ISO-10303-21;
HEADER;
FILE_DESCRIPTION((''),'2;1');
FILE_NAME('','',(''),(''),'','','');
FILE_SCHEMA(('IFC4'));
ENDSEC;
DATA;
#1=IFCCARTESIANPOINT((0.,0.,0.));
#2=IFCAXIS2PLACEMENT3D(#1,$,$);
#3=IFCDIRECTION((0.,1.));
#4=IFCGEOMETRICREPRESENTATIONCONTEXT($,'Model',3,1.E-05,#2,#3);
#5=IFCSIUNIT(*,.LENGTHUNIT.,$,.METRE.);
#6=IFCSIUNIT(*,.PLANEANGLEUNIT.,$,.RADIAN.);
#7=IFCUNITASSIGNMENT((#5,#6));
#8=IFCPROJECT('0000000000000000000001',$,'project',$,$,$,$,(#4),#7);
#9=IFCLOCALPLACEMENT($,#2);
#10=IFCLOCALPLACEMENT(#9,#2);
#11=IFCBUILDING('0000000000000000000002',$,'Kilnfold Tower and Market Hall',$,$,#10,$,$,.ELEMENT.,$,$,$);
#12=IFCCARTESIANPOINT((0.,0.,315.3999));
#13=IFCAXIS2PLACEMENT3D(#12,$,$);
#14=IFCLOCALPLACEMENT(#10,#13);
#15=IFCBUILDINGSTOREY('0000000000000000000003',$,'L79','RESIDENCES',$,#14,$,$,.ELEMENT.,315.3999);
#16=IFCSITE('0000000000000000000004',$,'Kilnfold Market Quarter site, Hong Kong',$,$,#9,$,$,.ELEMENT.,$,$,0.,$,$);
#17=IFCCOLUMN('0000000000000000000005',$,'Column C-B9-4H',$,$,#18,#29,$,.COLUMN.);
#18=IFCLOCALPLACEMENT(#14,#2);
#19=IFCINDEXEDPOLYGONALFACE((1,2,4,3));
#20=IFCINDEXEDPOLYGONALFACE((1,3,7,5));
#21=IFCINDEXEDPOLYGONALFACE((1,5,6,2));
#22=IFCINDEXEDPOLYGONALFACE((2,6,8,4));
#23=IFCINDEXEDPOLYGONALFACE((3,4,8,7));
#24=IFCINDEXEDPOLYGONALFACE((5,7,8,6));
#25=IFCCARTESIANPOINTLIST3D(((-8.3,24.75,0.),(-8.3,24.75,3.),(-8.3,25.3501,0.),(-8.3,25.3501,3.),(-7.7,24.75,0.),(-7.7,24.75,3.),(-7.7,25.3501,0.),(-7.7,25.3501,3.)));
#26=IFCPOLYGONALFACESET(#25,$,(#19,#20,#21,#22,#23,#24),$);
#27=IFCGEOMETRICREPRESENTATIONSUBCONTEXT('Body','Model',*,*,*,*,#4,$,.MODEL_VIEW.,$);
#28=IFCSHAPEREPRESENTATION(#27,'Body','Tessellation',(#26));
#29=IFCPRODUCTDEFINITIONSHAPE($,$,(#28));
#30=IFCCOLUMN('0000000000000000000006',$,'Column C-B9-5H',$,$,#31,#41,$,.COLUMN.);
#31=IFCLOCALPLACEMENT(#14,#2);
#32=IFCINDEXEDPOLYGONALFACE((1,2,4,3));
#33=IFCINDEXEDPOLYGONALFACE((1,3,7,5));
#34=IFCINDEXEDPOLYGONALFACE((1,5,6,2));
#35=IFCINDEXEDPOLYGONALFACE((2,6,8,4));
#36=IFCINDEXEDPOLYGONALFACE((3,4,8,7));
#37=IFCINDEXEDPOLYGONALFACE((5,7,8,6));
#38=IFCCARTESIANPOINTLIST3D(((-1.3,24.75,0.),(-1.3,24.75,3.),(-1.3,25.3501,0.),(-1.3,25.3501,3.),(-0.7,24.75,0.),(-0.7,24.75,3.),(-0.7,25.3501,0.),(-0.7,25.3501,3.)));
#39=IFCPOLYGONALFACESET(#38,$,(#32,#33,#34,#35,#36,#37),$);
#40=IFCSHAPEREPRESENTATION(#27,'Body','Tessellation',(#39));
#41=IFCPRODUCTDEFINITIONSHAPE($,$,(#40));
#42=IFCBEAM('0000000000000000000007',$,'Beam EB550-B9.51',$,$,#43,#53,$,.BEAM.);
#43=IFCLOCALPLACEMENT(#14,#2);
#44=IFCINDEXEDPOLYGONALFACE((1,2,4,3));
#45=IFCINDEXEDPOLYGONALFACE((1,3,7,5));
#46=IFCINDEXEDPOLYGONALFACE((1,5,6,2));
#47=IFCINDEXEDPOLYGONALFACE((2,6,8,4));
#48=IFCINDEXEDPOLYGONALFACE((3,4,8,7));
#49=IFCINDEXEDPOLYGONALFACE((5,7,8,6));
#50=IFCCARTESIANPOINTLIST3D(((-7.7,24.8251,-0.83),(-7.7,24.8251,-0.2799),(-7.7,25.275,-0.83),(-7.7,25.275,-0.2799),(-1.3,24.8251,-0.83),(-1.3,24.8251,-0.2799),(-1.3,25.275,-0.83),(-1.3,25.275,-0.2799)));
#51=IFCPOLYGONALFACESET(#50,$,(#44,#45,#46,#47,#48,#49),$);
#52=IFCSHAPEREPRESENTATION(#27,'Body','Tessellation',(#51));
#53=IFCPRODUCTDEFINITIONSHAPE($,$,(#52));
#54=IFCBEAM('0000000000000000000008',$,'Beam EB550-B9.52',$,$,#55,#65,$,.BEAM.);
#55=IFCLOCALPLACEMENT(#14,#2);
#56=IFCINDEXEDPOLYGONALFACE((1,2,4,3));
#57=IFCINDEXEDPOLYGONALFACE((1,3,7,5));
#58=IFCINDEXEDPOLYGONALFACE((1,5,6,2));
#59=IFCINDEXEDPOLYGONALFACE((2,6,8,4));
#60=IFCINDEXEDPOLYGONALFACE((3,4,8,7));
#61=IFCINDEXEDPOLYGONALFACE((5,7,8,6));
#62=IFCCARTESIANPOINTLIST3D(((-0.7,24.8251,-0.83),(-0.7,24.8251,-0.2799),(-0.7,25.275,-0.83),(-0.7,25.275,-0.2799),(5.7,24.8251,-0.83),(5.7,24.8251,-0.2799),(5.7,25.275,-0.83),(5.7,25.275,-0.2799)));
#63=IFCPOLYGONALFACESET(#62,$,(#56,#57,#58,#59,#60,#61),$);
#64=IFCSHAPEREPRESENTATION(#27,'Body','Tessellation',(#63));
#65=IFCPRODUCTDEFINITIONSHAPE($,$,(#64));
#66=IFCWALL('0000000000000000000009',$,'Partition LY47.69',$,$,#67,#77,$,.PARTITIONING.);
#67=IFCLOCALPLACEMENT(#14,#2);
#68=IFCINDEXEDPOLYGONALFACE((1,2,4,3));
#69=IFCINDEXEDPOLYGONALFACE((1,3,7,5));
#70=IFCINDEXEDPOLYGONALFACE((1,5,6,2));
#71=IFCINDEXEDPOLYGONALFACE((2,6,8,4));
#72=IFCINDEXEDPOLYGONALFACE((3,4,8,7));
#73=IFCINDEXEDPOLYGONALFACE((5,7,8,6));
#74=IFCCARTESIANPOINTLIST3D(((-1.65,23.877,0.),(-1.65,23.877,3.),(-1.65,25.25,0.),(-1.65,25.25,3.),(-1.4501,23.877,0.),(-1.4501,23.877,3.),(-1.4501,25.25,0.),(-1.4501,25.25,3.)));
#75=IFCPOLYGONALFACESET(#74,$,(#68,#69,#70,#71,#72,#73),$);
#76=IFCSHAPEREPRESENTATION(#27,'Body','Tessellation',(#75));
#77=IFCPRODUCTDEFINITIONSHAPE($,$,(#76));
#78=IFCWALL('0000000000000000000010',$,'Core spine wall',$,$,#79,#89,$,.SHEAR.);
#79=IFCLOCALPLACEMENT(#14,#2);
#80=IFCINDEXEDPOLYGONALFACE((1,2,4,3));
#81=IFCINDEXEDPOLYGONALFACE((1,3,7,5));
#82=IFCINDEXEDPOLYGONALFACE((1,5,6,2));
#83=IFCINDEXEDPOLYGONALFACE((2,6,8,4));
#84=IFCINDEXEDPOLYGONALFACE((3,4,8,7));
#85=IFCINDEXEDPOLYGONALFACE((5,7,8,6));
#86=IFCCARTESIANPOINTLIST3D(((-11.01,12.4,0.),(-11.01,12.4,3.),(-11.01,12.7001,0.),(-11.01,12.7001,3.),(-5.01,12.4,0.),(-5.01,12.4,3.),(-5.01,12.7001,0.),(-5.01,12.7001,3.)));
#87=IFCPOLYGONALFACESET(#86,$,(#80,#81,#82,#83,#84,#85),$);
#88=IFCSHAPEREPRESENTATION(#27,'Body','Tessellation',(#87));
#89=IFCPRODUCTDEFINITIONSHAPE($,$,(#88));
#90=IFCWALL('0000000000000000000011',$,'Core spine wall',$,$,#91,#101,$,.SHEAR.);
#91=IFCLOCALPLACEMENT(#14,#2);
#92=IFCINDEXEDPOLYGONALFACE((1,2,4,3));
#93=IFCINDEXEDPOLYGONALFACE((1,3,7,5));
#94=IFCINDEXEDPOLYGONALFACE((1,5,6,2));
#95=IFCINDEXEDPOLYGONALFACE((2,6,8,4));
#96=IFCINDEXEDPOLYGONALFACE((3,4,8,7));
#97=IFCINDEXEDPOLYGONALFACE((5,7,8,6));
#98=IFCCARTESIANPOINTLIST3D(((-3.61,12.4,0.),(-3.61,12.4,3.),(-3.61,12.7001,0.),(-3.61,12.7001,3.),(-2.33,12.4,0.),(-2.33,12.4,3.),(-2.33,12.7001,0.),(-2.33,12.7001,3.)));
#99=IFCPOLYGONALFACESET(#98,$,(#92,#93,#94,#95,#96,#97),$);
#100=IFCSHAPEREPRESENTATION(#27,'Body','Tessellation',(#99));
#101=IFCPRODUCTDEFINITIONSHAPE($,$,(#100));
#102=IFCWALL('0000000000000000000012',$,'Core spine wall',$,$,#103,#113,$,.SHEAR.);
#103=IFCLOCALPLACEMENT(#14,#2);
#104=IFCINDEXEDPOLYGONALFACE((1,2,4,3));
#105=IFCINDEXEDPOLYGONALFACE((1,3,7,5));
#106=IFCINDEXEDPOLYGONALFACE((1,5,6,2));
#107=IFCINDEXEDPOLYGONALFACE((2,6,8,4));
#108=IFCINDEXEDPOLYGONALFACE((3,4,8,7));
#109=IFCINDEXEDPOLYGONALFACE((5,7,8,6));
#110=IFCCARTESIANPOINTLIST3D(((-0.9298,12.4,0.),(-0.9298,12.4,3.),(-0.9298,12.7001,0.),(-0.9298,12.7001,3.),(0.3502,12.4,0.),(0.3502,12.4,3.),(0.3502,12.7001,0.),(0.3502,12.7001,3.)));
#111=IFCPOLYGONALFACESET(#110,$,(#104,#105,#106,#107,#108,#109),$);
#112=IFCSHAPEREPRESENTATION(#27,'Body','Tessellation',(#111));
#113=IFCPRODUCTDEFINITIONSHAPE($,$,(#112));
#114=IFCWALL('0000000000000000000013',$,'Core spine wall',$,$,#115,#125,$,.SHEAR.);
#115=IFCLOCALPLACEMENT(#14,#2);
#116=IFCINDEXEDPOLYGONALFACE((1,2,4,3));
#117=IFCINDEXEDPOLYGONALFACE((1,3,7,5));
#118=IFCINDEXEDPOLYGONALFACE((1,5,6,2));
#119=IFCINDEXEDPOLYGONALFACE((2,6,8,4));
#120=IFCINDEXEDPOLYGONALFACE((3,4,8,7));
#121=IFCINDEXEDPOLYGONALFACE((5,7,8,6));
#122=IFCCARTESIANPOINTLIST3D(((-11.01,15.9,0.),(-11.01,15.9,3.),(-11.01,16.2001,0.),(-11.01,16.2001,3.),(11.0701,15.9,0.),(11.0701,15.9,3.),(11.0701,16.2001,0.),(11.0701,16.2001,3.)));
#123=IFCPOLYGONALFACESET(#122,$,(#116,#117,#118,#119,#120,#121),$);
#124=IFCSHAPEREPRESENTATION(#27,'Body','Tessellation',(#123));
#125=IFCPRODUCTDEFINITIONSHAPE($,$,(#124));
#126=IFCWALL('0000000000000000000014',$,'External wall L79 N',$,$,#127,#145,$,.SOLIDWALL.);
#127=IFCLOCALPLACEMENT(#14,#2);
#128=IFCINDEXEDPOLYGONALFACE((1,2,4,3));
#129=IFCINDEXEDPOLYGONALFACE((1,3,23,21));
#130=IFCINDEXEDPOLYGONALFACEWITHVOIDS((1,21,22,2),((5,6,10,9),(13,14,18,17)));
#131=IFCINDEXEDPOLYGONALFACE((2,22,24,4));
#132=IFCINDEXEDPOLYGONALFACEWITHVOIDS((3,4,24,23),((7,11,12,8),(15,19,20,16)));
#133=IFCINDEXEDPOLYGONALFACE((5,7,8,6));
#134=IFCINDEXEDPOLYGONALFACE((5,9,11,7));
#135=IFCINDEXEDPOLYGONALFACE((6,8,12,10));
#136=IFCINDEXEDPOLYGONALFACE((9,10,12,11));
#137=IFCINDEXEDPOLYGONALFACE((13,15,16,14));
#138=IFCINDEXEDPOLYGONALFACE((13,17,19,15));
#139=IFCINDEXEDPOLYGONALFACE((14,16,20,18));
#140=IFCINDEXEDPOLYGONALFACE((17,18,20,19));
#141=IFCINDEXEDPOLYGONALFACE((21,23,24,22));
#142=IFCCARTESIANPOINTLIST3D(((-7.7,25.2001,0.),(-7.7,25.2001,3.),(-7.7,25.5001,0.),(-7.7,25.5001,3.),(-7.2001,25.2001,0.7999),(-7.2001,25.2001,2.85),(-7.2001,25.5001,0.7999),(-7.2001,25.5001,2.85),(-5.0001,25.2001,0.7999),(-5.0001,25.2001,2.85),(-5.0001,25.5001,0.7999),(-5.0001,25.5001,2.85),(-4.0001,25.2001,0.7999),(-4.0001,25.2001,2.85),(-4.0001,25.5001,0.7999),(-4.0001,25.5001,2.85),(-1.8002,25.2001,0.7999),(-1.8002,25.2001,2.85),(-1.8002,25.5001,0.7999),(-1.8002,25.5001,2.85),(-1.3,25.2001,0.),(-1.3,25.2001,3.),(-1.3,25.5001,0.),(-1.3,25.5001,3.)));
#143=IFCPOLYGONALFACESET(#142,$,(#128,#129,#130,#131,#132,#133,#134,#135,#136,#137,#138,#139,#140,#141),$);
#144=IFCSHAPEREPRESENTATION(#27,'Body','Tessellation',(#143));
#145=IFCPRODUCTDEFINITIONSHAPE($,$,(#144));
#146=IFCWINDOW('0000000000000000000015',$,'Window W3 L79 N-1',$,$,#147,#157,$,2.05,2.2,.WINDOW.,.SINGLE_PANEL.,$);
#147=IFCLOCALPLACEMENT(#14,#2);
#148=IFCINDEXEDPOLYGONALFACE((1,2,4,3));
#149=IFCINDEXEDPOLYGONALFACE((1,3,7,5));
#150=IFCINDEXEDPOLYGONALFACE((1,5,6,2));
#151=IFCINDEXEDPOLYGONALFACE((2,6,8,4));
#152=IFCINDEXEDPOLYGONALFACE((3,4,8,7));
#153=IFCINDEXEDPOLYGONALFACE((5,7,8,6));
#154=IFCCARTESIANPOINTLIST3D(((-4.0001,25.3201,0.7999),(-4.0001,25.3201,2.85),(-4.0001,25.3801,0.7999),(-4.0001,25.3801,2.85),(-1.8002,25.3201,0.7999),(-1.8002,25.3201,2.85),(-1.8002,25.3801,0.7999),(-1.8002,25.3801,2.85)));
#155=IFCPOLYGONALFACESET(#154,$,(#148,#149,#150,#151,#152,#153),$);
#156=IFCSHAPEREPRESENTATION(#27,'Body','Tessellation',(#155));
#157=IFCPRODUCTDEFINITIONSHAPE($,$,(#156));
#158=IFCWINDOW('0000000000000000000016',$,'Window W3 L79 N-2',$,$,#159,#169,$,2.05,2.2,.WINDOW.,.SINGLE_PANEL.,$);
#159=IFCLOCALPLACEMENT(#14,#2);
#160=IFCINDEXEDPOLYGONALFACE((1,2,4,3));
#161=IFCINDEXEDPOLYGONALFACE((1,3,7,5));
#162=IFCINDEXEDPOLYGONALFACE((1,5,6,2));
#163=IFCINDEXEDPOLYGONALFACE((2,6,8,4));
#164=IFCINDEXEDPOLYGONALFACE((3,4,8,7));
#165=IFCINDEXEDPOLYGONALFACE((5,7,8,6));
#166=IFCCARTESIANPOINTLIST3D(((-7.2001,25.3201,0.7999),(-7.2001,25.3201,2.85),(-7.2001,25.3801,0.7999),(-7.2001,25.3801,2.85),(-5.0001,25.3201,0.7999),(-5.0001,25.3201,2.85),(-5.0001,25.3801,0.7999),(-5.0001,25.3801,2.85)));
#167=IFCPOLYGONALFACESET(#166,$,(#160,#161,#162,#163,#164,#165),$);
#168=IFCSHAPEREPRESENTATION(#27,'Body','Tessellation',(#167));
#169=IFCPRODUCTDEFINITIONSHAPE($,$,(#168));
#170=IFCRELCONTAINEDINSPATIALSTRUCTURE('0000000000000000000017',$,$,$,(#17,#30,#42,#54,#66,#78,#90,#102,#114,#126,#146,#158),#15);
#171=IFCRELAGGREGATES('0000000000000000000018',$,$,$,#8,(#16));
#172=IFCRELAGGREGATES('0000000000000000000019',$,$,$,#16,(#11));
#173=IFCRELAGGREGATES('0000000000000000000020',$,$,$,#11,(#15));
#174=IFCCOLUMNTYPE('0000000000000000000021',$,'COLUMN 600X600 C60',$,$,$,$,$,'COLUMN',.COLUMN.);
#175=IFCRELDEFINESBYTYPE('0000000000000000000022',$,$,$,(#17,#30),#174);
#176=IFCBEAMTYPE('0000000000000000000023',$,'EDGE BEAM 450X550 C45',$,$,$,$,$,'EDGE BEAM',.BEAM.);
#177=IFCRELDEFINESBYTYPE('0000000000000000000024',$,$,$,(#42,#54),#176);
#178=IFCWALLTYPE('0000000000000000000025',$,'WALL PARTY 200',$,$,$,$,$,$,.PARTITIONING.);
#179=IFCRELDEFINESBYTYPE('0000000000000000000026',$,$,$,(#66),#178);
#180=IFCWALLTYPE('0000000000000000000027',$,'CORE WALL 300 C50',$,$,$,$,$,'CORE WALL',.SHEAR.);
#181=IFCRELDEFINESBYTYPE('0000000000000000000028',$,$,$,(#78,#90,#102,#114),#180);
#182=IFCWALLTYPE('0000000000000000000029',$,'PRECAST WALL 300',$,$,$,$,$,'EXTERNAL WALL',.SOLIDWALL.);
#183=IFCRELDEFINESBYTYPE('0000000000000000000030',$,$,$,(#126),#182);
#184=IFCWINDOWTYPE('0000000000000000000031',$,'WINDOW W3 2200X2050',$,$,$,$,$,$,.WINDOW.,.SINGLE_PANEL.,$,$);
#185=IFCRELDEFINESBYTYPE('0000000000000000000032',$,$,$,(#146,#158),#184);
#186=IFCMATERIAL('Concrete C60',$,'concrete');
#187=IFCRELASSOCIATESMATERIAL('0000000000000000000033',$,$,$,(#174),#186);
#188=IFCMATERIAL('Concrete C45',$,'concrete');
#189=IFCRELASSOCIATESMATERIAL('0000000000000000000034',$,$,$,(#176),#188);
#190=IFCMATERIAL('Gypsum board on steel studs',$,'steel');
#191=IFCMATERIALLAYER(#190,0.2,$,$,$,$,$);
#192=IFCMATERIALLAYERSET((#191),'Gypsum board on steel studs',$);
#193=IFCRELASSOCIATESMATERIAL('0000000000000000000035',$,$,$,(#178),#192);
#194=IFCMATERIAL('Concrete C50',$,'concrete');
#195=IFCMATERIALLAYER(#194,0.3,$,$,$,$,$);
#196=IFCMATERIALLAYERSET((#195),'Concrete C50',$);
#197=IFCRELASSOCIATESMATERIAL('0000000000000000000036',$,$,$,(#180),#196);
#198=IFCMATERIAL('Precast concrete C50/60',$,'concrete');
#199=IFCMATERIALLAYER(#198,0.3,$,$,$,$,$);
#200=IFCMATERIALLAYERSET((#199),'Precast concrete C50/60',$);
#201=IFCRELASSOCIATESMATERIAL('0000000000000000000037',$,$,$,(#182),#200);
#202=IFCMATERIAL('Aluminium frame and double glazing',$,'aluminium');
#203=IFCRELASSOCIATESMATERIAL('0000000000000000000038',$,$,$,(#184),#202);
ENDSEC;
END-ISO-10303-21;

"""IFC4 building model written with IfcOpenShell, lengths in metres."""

from ifc_helpers import new_model, si_unit, direction, frame, frame_2d, origin, origin_2d, place, context, subcontext, project, spatial, rectangle, extrude, source, transform, mapped, material, layer, layer_set, material_profile, profile_set, type_object, element, fill, save


model = new_model("IFC4")

# Units and contexts
model_context = context("Model", 3, precision=1e-05, world=origin(), true_north=direction((0.0, 1.0)))
body_context = subcontext(model_context, "Body", "Model", "MODEL_VIEW")
ifc_project = project(units=[si_unit("LENGTHUNIT", "METRE"), si_unit("PLANEANGLEUNIT", "RADIAN")], contexts=[model_context])

# Site, building, storey
site_placement = place(None, origin())
site = spatial("IfcSite", under=ifc_project, at=site_placement, Name="Kilnfold Market Quarter site, Hong Kong", CompositionType="ELEMENT", RefElevation=0.0)
building_placement = place(site_placement, origin())
building = spatial("IfcBuilding", under=site, at=building_placement, Name="Kilnfold Tower and Market Hall", CompositionType="ELEMENT")
storey_placement = place(building_placement, frame((0.0, 0.0, 315.3999)))
storey = spatial("IfcBuildingStorey", under=building, at=storey_placement, Name="L79", Description="RESIDENCES", CompositionType="ELEMENT", Elevation=315.3999)

# Columns
ifc_material_1 = material(Name="Concrete C60", Category="concrete")
ifc_material_profile_1 = material_profile(ifc_material_1, rectangle(XDim=0.6001, YDim=0.6001, at=origin_2d()), Name="RC 600x600")
ifc_profile_set_1 = profile_set([ifc_material_profile_1], Name="Concrete C60")
column_type = type_object("IfcColumnType", Name="COLUMN 600X600 C60", ElementType="COLUMN", PredefinedType="COLUMN", material=ifc_profile_set_1)
shared_shape_1 = source(origin(), body_context, "Body", "SweptSolid", [
    extrude(rectangle(XDim=0.6001, YDim=0.6001, at=origin_2d()), origin(), (0.0, 0.0, 1.0), 3.0),
])
for number, where, z_axis, x_axis, name in (
    (1, (-8.0, 25.05, 0.0), (0.0, 0.0, 1.0), (1.0, 0.0, 0.0), "Column C-B9-4H"),
    (2, (-1.0, 25.05, 0.0), (0.0, 0.0, 1.0), (1.0, 0.0, 0.0), "Column C-B9-5H"),
):
    element("IfcColumn", number, at=place(storey_placement, frame(where, z_axis=z_axis, x_axis=x_axis)), inside=storey, type_object=column_type, Name=name, PredefinedType="COLUMN", context=body_context, shape_type="MappedRepresentation", body=[
        mapped(shared_shape_1, transform((0.0, 0.0, 0.0))),
    ])

# Beams
ifc_material_2 = material(Name="Concrete C45", Category="concrete")
ifc_material_profile_2 = material_profile(ifc_material_2, rectangle(XDim=0.45, YDim=0.55, at=origin_2d()), Name="RC 450x550")
ifc_profile_set_2 = profile_set([ifc_material_profile_2], Name="Concrete C45")
beam_type = type_object("IfcBeamType", Name="EDGE BEAM 450X550 C45", ElementType="EDGE BEAM", PredefinedType="BEAM", material=ifc_profile_set_2)
shared_shape_2 = source(origin(), body_context, "Body", "SweptSolid", [
    extrude(rectangle(XDim=0.45, YDim=0.55, at=origin_2d()), origin(), (0.0, 0.0, 1.0), 6.3999),
])
for number, where, z_axis, x_axis, name in (
    (3, (-7.7, 25.05, -0.5549), (1.0, 0.0, 0.0), (0.0, 1.0, 0.0), "Beam EB550-B9.51"),
    (4, (-0.7, 25.05, -0.5549), (1.0, 0.0, 0.0), (0.0, 1.0, 0.0), "Beam EB550-B9.52"),
):
    element("IfcBeam", number, at=place(storey_placement, frame(where, z_axis=z_axis, x_axis=x_axis)), inside=storey, type_object=beam_type, Name=name, PredefinedType="BEAM", context=body_context, shape_type="MappedRepresentation", body=[
        mapped(shared_shape_2, transform((0.0, 0.0, 0.0))),
    ])

# Walls
ifc_material_3 = material(Name="Gypsum board on steel studs", Category="steel")
ifc_layer_1 = layer(ifc_material_3, 0.2)
ifc_layer_set_1 = layer_set([ifc_layer_1], Name="Gypsum board on steel studs")
wall_type_1 = type_object("IfcWallType", Name="WALL PARTY 200", PredefinedType="PARTITIONING", material=ifc_layer_set_1)
wall_1_placement = place(storey_placement, frame((-1.55, 23.877, 0.0), z_axis=(0.0, 0.0, 1.0), x_axis=(0.0, 1.0, 0.0)))
element("IfcWall", 5, at=wall_1_placement, inside=storey, type_object=wall_type_1, Name="Partition LY47.69", PredefinedType="PARTITIONING", context=body_context, shape_type="SweptSolid", body=[
    extrude(rectangle(XDim=1.373, YDim=0.2, at=frame_2d((0.6865, 0.0))), origin(), (0.0, 0.0, 1.0), 3.0),
])
ifc_material_4 = material(Name="Concrete C50", Category="concrete")
ifc_layer_2 = layer(ifc_material_4, 0.3)
ifc_layer_set_2 = layer_set([ifc_layer_2], Name="Concrete C50")
wall_type_2 = type_object("IfcWallType", Name="CORE WALL 300 C50", ElementType="CORE WALL", PredefinedType="SHEAR", material=ifc_layer_set_2)
shared_shape_3 = source(origin(), body_context, "Body", "SweptSolid", [
    extrude(rectangle(XDim=6.0, YDim=0.3, at=frame_2d((3.0, 0.0))), origin(), (0.0, 0.0, 1.0), 3.0),
])
wall_2_placement = place(storey_placement, frame((-11.01, 12.55, 0.0), z_axis=(0.0, 0.0, 1.0), x_axis=(1.0, 0.0, 0.0)))
element("IfcWall", 6, at=wall_2_placement, inside=storey, type_object=wall_type_2, Name="Core spine wall", PredefinedType="SHEAR", context=body_context, shape_type="MappedRepresentation", body=[
    mapped(shared_shape_3, transform((0.0, 0.0, 0.0))),
])
shared_shape_4 = source(origin(), body_context, "Body", "SweptSolid", [
    extrude(rectangle(XDim=1.28, YDim=0.3, at=frame_2d((0.6401, 0.0))), origin(), (0.0, 0.0, 1.0), 3.0),
])
for number, where, z_axis, x_axis, name in (
    (7, (-3.6101, 12.55, 0.0), (0.0, 0.0, 1.0), (1.0, 0.0, 0.0), "Core spine wall"),
    (8, (-0.9299, 12.55, 0.0), (0.0, 0.0, 1.0), (1.0, 0.0, 0.0), "Core spine wall"),
):
    element("IfcWall", number, at=place(storey_placement, frame(where, z_axis=z_axis, x_axis=x_axis)), inside=storey, type_object=wall_type_2, Name=name, PredefinedType="SHEAR", context=body_context, shape_type="MappedRepresentation", body=[
        mapped(shared_shape_4, transform((0.0, 0.0, 0.0))),
    ])
shared_shape_5 = source(origin(), body_context, "Body", "SweptSolid", [
    extrude(rectangle(XDim=22.0801, YDim=0.3, at=frame_2d((11.04, 0.0))), origin(), (0.0, 0.0, 1.0), 3.0),
])
wall_3_placement = place(storey_placement, frame((-11.01, 16.05, 0.0), z_axis=(0.0, 0.0, 1.0), x_axis=(1.0, 0.0, 0.0)))
element("IfcWall", 9, at=wall_3_placement, inside=storey, type_object=wall_type_2, Name="Core spine wall", PredefinedType="SHEAR", context=body_context, shape_type="MappedRepresentation", body=[
    mapped(shared_shape_5, transform((0.0, 0.0, 0.0))),
])

# Wall, openings, windows
ifc_material_5 = material(Name="Precast concrete C50/60", Category="concrete")
ifc_layer_3 = layer(ifc_material_5, 0.3)
ifc_layer_set_3 = layer_set([ifc_layer_3], Name="Precast concrete C50/60")
wall_type_3 = type_object("IfcWallType", Name="PRECAST WALL 300", ElementType="EXTERNAL WALL", PredefinedType="SOLIDWALL", material=ifc_layer_set_3)
shared_shape_6 = source(origin(), body_context, "Body", "SweptSolid", [
    extrude(rectangle(XDim=6.3999, YDim=0.3, at=frame_2d((3.2, 0.0))), origin(), (0.0, 0.0, 1.0), 3.0),
])
wall_4_placement = place(storey_placement, frame((-1.3, 25.3501, 0.0), z_axis=(0.0, 0.0, 1.0), x_axis=(-1.0, 0.0, 0.0)))
wall_4 = element("IfcWall", 10, at=wall_4_placement, inside=storey, type_object=wall_type_3, Name="External wall L79 N", PredefinedType="SOLIDWALL", context=body_context, shape_type="MappedRepresentation", body=[
    mapped(shared_shape_6, transform((0.0, 0.0, 0.0))),
])
opening_1_placement = place(wall_4_placement, frame((0.5, 0.0, 0.8)))
opening_1 = element("IfcOpeningElement", 11, at=opening_1_placement, cuts=wall_4, PredefinedType="OPENING", context=body_context, shape_type="SweptSolid", body=[
    extrude(rectangle(XDim=2.2, YDim=2.05, at=frame_2d((1.1001, 1.0249))), frame((0.0, 0.1602, 0.0), z_axis=(0.0, -1.0, 0.0), x_axis=(1.0, 0.0, 0.0)), (0.0, 0.0, 1.0), 0.3201),
])
opening_2_placement = place(wall_4_placement, frame((3.7, 0.0, 0.8)))
opening_2 = element("IfcOpeningElement", 12, at=opening_2_placement, cuts=wall_4, PredefinedType="OPENING", context=body_context, shape_type="SweptSolid", body=[
    extrude(rectangle(XDim=2.2, YDim=2.05, at=frame_2d((1.1001, 1.0249))), frame((0.0, 0.1602, 0.0), z_axis=(0.0, -1.0, 0.0), x_axis=(1.0, 0.0, 0.0)), (0.0, 0.0, 1.0), 0.3201),
])
ifc_material_6 = material(Name="Aluminium frame and double glazing", Category="aluminium")
window_type = type_object("IfcWindowType", Name="WINDOW W3 2200X2050", PartitioningType="SINGLE_PANEL", PredefinedType="WINDOW", material=ifc_material_6)
window_1_placement = place(opening_1_placement, origin())
window_1 = element("IfcWindow", 13, at=window_1_placement, inside=storey, type_object=window_type, Name="Window W3 L79 N-1", OverallHeight=2.05, OverallWidth=2.2, PartitioningType="SINGLE_PANEL", PredefinedType="WINDOW", context=body_context, shape_type="SweptSolid", body=[
    extrude(rectangle(XDim=2.2, YDim=2.05, at=frame_2d((1.1001, 1.0249))), frame((0.0, 0.03, 0.0), z_axis=(0.0, -1.0, 0.0), x_axis=(1.0, 0.0, 0.0)), (0.0, 0.0, 1.0), 0.0601),
])
fill(opening_1, window_1)
window_2_placement = place(opening_2_placement, origin())
window_2 = element("IfcWindow", 14, at=window_2_placement, inside=storey, type_object=window_type, Name="Window W3 L79 N-2", OverallHeight=2.05, OverallWidth=2.2, PartitioningType="SINGLE_PANEL", PredefinedType="WINDOW", context=body_context, shape_type="SweptSolid", body=[
    extrude(rectangle(XDim=2.2, YDim=2.05, at=frame_2d((1.1001, 1.0249))), frame((0.0, 0.03, 0.0), z_axis=(0.0, -1.0, 0.0), x_axis=(1.0, 0.0, 0.0)), (0.0, 0.0, 1.0), 0.0601),
])
fill(opening_2, window_2)

save(model, "model.ifc")
